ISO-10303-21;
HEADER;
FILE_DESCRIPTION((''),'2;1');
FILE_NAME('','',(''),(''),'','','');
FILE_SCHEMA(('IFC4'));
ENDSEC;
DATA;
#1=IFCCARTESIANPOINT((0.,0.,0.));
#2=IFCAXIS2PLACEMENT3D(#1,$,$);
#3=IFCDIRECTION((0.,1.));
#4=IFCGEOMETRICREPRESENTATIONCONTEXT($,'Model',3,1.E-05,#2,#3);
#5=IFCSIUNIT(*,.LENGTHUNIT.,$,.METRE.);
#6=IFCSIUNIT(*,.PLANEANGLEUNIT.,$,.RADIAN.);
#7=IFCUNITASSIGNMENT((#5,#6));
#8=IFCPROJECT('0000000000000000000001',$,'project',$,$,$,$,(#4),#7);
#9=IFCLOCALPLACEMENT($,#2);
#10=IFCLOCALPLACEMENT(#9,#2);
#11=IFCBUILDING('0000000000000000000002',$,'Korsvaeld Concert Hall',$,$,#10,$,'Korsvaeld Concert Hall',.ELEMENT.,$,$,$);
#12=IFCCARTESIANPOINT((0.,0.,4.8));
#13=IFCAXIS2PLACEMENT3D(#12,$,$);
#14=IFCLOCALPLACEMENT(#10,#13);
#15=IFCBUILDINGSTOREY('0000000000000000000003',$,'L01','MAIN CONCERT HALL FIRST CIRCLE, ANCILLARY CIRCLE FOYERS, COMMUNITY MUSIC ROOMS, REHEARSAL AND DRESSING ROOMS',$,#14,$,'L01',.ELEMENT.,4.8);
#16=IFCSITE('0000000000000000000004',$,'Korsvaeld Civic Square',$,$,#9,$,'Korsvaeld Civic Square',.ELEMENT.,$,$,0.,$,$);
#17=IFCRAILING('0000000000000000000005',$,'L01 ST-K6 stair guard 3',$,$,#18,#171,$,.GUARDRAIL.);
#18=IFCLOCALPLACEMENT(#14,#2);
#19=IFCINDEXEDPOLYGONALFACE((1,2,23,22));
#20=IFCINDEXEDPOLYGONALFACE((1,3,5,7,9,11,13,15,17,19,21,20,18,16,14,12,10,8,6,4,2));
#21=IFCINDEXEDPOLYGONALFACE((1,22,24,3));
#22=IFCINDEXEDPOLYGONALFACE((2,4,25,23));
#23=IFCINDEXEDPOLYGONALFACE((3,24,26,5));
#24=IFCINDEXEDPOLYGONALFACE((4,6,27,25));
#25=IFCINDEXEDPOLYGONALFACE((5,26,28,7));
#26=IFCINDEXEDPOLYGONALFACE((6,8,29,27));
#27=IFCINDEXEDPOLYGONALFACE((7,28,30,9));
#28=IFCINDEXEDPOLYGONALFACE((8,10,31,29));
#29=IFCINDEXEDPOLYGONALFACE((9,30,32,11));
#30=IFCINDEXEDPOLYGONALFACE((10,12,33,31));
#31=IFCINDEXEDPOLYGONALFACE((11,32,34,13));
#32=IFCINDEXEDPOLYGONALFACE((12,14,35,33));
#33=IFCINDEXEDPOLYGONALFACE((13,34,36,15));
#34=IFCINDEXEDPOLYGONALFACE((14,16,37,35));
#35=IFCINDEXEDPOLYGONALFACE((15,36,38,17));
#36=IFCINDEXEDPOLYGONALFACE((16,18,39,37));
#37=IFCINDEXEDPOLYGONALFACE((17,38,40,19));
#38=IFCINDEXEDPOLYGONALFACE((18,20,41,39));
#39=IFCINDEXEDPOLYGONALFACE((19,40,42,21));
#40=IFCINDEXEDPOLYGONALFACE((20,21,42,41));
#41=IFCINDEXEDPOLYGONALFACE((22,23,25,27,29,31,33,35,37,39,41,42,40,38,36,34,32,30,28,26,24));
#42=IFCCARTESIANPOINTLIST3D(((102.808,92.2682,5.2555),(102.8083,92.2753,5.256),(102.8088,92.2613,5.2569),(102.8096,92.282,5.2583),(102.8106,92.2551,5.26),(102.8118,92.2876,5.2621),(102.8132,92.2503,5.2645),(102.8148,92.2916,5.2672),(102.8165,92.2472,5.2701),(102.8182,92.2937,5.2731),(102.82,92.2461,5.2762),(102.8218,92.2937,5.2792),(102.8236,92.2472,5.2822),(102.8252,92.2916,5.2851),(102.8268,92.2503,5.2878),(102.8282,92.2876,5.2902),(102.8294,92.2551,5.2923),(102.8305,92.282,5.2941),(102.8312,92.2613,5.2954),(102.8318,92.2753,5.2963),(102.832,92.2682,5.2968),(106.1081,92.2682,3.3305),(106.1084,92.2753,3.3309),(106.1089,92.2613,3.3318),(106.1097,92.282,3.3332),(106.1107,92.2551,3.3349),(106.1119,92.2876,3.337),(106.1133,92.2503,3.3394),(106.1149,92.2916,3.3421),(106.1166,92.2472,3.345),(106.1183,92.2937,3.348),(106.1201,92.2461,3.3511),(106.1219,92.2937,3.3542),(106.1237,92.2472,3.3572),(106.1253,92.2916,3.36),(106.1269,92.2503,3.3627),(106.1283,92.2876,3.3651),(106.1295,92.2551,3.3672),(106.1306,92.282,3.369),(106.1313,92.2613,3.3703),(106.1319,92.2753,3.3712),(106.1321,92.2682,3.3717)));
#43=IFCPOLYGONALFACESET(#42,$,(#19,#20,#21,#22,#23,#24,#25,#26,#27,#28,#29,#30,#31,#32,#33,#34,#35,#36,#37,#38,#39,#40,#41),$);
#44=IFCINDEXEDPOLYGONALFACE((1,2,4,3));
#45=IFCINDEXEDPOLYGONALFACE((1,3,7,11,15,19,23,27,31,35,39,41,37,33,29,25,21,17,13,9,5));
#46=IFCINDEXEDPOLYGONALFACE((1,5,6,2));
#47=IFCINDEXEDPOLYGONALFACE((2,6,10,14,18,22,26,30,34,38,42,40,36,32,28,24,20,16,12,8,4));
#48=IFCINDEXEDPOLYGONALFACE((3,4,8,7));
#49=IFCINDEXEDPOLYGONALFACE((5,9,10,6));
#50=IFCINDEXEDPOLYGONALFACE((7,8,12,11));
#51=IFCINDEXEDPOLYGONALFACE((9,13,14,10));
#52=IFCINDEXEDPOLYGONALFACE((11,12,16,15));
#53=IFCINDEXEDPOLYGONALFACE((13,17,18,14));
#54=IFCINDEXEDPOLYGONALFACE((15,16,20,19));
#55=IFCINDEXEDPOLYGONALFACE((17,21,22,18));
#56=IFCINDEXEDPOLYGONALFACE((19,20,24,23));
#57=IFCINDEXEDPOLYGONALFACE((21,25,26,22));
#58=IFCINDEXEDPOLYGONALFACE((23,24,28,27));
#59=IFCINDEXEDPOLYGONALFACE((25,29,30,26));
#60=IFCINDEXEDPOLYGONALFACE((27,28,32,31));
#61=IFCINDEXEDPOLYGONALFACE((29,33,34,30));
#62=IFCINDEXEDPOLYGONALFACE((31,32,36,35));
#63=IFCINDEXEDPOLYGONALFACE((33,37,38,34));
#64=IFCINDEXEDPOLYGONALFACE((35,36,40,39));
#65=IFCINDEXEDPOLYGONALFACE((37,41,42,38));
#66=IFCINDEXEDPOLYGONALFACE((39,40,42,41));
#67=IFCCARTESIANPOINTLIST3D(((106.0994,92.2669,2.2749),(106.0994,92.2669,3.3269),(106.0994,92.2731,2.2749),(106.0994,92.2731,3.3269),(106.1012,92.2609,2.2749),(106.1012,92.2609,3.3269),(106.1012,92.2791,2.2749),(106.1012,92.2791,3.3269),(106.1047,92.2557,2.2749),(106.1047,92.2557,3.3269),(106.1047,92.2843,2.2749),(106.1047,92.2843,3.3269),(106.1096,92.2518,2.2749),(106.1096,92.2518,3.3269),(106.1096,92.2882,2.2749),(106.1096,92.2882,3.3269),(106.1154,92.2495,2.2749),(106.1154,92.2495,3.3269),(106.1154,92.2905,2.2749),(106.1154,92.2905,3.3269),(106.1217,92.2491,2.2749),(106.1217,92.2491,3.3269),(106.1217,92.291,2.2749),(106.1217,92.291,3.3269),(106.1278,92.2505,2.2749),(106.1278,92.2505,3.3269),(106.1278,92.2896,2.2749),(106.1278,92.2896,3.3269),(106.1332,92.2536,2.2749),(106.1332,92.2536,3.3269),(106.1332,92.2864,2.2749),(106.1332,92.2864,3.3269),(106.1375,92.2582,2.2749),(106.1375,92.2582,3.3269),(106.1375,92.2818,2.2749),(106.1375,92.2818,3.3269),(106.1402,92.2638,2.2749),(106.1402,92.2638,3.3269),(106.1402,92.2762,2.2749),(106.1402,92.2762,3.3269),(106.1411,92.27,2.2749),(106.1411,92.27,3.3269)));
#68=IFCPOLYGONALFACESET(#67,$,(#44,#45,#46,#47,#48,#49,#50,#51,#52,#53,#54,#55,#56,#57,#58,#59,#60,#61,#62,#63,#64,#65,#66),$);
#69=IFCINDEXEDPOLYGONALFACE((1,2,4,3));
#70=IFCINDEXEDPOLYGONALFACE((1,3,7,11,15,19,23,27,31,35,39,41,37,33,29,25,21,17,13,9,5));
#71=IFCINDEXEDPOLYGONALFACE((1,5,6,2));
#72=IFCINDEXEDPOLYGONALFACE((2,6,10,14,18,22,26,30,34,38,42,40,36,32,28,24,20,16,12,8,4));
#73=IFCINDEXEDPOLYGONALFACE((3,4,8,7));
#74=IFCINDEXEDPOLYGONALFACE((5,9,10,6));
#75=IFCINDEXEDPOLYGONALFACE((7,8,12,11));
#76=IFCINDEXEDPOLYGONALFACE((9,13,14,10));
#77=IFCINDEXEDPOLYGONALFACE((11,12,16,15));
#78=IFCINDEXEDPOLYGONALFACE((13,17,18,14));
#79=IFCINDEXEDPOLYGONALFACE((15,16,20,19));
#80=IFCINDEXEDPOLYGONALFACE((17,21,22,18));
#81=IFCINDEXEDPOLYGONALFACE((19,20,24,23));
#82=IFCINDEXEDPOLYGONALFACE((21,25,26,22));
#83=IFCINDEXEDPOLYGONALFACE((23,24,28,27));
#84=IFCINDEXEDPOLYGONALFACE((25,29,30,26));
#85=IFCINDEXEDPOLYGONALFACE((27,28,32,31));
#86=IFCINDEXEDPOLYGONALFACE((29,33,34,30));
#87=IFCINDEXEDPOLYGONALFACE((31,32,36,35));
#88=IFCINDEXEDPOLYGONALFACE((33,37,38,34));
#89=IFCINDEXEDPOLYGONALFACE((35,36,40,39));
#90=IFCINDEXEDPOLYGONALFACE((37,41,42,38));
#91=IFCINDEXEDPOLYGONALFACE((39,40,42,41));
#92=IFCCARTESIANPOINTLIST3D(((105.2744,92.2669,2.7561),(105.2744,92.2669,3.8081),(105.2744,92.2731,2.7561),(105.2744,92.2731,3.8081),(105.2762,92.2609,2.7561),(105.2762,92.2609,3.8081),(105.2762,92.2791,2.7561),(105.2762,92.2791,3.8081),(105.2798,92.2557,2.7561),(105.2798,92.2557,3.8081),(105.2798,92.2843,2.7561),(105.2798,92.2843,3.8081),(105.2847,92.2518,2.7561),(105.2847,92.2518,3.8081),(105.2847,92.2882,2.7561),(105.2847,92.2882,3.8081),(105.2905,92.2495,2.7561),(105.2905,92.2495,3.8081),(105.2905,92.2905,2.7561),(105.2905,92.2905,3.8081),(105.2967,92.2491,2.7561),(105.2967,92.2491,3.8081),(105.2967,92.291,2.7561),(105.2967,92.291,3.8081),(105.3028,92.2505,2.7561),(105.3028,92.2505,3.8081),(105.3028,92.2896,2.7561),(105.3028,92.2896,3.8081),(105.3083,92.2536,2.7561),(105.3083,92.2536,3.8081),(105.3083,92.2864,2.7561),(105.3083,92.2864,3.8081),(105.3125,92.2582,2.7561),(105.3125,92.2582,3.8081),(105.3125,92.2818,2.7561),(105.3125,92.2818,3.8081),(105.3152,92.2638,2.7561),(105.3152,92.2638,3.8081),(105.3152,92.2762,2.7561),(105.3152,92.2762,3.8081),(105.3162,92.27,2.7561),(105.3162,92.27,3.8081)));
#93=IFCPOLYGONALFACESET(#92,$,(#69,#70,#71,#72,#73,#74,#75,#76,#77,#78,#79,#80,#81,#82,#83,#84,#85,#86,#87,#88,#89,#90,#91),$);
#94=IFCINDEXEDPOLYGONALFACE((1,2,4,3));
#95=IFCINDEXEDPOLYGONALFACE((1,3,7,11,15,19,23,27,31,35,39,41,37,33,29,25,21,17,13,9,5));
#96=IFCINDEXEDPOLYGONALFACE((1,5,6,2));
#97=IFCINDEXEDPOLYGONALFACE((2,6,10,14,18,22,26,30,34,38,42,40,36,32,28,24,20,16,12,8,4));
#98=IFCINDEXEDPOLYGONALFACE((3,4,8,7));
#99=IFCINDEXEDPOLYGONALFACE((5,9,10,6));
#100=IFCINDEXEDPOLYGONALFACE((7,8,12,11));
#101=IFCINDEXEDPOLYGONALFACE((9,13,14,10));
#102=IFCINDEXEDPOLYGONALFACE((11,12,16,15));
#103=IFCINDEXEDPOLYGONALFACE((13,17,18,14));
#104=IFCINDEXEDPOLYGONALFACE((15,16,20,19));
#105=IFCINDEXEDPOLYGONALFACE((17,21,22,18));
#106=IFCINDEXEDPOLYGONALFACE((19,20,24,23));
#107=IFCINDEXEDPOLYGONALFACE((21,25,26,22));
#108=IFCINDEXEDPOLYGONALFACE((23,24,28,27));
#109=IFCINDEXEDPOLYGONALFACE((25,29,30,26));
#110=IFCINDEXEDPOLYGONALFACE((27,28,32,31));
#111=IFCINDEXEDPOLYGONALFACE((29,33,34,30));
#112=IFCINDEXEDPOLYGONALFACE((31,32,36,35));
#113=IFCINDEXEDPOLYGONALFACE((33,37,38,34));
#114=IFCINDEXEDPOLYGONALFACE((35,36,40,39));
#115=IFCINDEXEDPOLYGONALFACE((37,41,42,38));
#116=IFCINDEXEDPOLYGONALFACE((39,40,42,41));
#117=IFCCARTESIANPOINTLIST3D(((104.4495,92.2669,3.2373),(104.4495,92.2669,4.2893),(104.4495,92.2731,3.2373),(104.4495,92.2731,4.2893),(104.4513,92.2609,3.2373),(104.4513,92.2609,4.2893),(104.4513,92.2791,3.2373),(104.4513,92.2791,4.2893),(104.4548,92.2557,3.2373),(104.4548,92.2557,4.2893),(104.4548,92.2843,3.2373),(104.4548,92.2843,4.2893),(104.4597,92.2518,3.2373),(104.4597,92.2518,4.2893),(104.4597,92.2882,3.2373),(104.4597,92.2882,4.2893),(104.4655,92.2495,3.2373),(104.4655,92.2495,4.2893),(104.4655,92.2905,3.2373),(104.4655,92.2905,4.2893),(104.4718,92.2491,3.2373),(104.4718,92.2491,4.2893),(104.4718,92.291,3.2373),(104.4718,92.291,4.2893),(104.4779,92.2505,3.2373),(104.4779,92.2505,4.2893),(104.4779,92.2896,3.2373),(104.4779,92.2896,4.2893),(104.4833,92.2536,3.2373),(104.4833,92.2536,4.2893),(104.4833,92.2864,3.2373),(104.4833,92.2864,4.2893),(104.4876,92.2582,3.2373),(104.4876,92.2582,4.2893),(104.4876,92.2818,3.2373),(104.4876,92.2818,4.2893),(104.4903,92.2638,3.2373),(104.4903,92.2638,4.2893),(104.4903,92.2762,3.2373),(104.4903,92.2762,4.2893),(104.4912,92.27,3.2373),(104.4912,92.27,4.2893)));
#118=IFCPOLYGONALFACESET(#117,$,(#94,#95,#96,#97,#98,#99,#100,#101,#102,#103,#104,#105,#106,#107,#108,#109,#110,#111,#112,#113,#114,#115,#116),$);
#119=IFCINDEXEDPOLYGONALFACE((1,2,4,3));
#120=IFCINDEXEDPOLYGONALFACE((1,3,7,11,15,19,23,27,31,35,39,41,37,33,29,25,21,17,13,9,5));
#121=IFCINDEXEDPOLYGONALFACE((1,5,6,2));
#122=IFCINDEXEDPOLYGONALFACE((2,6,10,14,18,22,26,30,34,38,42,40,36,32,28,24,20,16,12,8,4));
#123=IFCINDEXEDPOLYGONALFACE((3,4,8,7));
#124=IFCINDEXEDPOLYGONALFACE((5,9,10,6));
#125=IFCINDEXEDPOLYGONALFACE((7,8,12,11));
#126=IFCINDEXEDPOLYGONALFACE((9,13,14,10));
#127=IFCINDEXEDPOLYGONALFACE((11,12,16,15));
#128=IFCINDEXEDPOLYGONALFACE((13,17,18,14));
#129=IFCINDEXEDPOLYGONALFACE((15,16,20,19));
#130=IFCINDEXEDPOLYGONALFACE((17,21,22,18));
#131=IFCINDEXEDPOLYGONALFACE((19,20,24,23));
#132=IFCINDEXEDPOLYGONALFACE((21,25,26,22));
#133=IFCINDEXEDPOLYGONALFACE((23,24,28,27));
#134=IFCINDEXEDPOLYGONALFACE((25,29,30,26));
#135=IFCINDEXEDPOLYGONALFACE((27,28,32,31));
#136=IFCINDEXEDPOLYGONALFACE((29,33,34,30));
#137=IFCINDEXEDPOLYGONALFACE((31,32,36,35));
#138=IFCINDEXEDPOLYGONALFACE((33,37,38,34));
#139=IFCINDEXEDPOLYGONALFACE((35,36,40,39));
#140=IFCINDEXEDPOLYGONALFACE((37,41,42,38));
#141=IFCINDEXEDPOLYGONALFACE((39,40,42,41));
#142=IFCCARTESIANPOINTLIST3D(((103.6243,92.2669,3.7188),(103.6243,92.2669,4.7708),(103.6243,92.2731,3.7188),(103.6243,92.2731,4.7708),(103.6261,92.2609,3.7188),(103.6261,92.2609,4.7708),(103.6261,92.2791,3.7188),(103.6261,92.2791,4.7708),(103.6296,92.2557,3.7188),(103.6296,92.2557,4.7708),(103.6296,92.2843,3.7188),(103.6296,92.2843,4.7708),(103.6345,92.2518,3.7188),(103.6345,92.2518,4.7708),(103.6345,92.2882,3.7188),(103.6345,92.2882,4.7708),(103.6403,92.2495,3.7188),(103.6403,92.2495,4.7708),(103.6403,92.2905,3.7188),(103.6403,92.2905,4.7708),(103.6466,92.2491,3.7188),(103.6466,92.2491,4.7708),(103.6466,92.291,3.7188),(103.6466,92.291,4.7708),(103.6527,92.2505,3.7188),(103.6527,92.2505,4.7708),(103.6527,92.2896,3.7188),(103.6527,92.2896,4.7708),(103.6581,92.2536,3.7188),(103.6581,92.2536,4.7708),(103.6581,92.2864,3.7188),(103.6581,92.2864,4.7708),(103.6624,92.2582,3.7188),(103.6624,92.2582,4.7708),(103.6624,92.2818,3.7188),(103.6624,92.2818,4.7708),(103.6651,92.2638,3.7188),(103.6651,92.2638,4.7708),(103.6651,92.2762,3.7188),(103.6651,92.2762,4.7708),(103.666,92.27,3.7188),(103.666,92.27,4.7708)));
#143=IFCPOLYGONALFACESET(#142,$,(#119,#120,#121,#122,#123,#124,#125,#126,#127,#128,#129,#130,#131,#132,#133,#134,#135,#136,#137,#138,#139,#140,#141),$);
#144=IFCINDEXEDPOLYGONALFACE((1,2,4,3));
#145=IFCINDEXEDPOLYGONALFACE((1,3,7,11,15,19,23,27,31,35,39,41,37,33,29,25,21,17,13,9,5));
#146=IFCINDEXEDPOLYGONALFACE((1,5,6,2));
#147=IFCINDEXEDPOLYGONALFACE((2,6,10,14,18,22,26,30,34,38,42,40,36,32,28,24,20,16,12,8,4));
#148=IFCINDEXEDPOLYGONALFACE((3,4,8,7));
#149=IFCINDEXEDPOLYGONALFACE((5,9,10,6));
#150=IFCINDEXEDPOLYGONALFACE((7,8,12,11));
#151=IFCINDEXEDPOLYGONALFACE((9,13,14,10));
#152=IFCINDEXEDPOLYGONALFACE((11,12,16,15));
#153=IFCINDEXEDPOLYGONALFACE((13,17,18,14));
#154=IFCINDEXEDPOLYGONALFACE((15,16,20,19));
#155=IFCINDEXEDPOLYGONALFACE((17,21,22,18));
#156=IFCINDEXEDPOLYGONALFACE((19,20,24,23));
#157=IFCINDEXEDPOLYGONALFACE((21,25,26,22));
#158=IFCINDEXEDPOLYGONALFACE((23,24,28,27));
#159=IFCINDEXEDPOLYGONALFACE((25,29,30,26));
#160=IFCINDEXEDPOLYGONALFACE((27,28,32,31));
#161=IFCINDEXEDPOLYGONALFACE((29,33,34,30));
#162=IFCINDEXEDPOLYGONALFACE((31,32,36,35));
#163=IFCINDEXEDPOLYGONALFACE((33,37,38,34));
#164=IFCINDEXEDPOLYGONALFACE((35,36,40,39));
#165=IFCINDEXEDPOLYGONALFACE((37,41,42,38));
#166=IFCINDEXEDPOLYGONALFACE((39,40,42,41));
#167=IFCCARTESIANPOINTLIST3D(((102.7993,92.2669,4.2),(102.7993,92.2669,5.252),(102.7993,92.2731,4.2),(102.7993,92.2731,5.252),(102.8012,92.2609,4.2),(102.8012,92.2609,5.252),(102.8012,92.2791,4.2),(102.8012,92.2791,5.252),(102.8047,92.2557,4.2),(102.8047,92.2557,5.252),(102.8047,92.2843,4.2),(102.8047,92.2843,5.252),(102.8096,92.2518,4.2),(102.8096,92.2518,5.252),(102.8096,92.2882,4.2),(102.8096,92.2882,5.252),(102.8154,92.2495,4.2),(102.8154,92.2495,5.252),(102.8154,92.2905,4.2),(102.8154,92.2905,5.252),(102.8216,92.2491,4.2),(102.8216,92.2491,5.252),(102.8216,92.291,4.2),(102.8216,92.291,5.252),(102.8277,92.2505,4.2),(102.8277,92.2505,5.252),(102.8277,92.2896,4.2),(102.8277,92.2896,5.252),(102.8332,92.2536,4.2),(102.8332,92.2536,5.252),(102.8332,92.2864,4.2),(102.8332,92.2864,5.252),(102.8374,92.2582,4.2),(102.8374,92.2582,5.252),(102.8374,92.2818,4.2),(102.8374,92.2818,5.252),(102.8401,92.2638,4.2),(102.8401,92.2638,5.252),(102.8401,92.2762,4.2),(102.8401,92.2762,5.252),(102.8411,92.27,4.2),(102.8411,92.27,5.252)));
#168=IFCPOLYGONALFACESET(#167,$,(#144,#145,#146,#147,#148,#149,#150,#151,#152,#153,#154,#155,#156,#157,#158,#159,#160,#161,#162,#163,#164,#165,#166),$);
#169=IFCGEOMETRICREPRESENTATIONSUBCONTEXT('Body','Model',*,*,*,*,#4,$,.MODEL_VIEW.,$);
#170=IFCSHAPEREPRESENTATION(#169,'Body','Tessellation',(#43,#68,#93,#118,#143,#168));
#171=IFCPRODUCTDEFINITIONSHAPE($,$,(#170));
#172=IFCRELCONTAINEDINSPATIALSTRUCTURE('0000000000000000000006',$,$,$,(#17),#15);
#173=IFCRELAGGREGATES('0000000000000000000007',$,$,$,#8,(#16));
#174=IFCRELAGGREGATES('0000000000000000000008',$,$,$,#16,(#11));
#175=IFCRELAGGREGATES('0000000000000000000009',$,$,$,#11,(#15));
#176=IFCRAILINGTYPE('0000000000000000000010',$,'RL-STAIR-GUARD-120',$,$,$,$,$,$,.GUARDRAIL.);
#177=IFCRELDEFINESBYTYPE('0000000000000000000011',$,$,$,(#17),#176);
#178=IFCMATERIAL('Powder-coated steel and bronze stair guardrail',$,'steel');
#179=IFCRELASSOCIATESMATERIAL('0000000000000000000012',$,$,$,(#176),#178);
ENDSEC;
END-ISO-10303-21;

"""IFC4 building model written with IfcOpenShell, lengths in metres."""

from ifc_helpers import new_model, si_unit, direction, frame, origin, origin_2d, place, context, subcontext, project, spatial, circle, extrude, material, type_object, element, save


model = new_model("IFC4")

# Units and contexts
model_context = context("Model", 3, precision=1e-05, world=origin(), true_north=direction((0.0, 1.0)))
body_context = subcontext(model_context, "Body", "Model", "MODEL_VIEW")
ifc_project = project(units=[si_unit("LENGTHUNIT", "METRE"), si_unit("PLANEANGLEUNIT", "RADIAN")], contexts=[model_context])

# Site, building, storey
site_placement = place(None, origin())
site = spatial("IfcSite", under=ifc_project, at=site_placement, Name="Korsvaeld Civic Square", LongName="Korsvaeld Civic Square", CompositionType="ELEMENT", RefElevation=0.0)
building_placement = place(site_placement, origin())
building = spatial("IfcBuilding", under=site, at=building_placement, Name="Korsvaeld Concert Hall", LongName="Korsvaeld Concert Hall", CompositionType="ELEMENT")
storey_placement = place(building_placement, frame((0.0, 0.0, 4.8)))
storey = spatial("IfcBuildingStorey", under=building, at=storey_placement, Name="L01", Description="MAIN CONCERT HALL FIRST CIRCLE, ANCILLARY CIRCLE FOYERS, COMMUNITY MUSIC ROOMS, REHEARSAL AND DRESSING ROOMS", LongName="L01", CompositionType="ELEMENT", Elevation=4.8)

# Railing
ifc_material_1 = material(Name="Powder-coated steel and bronze stair guardrail", Category="steel")
railing_type_1 = type_object("IfcRailingType", Name="RL-STAIR-GUARD-120", PredefinedType="GUARDRAIL", material=ifc_material_1)
railing_1_placement = place(storey_placement, frame((106.1201, 92.27, 2.2749)))
element("IfcRailing", 1, at=railing_1_placement, inside=storey, type_object=railing_type_1, Name="L01 ST-K6 stair guard 3", PredefinedType="GUARDRAIL", context=body_context, shape_type="SweptSolid", body=[
    extrude(circle(Radius=0.0239, at=origin_2d()), frame((0.0, 0.0, 1.0762), z_axis=(-0.863777, 0.0, 0.503875), x_axis=(0.0, -1.0, 0.0)), (0.0, 0.0, 1.0), 3.8206),
    extrude(circle(Radius=0.021, at=origin_2d()), origin(), (0.0, 0.0, 1.0), 1.052),
    extrude(circle(Radius=0.021, at=origin_2d()), frame((-0.825, 0.0, 0.4812)), (0.0, 0.0, 1.0), 1.052),
    extrude(circle(Radius=0.021, at=origin_2d()), frame((-1.6499, 0.0, 0.9624)), (0.0, 0.0, 1.0), 1.052),
    extrude(circle(Radius=0.021, at=origin_2d()), frame((-2.4751, 0.0, 1.4438)), (0.0, 0.0, 1.0), 1.052),
    extrude(circle(Radius=0.021, at=origin_2d()), frame((-3.3, 0.0, 1.925)), (0.0, 0.0, 1.0), 1.052),
])

save(model, "model.ifc")
